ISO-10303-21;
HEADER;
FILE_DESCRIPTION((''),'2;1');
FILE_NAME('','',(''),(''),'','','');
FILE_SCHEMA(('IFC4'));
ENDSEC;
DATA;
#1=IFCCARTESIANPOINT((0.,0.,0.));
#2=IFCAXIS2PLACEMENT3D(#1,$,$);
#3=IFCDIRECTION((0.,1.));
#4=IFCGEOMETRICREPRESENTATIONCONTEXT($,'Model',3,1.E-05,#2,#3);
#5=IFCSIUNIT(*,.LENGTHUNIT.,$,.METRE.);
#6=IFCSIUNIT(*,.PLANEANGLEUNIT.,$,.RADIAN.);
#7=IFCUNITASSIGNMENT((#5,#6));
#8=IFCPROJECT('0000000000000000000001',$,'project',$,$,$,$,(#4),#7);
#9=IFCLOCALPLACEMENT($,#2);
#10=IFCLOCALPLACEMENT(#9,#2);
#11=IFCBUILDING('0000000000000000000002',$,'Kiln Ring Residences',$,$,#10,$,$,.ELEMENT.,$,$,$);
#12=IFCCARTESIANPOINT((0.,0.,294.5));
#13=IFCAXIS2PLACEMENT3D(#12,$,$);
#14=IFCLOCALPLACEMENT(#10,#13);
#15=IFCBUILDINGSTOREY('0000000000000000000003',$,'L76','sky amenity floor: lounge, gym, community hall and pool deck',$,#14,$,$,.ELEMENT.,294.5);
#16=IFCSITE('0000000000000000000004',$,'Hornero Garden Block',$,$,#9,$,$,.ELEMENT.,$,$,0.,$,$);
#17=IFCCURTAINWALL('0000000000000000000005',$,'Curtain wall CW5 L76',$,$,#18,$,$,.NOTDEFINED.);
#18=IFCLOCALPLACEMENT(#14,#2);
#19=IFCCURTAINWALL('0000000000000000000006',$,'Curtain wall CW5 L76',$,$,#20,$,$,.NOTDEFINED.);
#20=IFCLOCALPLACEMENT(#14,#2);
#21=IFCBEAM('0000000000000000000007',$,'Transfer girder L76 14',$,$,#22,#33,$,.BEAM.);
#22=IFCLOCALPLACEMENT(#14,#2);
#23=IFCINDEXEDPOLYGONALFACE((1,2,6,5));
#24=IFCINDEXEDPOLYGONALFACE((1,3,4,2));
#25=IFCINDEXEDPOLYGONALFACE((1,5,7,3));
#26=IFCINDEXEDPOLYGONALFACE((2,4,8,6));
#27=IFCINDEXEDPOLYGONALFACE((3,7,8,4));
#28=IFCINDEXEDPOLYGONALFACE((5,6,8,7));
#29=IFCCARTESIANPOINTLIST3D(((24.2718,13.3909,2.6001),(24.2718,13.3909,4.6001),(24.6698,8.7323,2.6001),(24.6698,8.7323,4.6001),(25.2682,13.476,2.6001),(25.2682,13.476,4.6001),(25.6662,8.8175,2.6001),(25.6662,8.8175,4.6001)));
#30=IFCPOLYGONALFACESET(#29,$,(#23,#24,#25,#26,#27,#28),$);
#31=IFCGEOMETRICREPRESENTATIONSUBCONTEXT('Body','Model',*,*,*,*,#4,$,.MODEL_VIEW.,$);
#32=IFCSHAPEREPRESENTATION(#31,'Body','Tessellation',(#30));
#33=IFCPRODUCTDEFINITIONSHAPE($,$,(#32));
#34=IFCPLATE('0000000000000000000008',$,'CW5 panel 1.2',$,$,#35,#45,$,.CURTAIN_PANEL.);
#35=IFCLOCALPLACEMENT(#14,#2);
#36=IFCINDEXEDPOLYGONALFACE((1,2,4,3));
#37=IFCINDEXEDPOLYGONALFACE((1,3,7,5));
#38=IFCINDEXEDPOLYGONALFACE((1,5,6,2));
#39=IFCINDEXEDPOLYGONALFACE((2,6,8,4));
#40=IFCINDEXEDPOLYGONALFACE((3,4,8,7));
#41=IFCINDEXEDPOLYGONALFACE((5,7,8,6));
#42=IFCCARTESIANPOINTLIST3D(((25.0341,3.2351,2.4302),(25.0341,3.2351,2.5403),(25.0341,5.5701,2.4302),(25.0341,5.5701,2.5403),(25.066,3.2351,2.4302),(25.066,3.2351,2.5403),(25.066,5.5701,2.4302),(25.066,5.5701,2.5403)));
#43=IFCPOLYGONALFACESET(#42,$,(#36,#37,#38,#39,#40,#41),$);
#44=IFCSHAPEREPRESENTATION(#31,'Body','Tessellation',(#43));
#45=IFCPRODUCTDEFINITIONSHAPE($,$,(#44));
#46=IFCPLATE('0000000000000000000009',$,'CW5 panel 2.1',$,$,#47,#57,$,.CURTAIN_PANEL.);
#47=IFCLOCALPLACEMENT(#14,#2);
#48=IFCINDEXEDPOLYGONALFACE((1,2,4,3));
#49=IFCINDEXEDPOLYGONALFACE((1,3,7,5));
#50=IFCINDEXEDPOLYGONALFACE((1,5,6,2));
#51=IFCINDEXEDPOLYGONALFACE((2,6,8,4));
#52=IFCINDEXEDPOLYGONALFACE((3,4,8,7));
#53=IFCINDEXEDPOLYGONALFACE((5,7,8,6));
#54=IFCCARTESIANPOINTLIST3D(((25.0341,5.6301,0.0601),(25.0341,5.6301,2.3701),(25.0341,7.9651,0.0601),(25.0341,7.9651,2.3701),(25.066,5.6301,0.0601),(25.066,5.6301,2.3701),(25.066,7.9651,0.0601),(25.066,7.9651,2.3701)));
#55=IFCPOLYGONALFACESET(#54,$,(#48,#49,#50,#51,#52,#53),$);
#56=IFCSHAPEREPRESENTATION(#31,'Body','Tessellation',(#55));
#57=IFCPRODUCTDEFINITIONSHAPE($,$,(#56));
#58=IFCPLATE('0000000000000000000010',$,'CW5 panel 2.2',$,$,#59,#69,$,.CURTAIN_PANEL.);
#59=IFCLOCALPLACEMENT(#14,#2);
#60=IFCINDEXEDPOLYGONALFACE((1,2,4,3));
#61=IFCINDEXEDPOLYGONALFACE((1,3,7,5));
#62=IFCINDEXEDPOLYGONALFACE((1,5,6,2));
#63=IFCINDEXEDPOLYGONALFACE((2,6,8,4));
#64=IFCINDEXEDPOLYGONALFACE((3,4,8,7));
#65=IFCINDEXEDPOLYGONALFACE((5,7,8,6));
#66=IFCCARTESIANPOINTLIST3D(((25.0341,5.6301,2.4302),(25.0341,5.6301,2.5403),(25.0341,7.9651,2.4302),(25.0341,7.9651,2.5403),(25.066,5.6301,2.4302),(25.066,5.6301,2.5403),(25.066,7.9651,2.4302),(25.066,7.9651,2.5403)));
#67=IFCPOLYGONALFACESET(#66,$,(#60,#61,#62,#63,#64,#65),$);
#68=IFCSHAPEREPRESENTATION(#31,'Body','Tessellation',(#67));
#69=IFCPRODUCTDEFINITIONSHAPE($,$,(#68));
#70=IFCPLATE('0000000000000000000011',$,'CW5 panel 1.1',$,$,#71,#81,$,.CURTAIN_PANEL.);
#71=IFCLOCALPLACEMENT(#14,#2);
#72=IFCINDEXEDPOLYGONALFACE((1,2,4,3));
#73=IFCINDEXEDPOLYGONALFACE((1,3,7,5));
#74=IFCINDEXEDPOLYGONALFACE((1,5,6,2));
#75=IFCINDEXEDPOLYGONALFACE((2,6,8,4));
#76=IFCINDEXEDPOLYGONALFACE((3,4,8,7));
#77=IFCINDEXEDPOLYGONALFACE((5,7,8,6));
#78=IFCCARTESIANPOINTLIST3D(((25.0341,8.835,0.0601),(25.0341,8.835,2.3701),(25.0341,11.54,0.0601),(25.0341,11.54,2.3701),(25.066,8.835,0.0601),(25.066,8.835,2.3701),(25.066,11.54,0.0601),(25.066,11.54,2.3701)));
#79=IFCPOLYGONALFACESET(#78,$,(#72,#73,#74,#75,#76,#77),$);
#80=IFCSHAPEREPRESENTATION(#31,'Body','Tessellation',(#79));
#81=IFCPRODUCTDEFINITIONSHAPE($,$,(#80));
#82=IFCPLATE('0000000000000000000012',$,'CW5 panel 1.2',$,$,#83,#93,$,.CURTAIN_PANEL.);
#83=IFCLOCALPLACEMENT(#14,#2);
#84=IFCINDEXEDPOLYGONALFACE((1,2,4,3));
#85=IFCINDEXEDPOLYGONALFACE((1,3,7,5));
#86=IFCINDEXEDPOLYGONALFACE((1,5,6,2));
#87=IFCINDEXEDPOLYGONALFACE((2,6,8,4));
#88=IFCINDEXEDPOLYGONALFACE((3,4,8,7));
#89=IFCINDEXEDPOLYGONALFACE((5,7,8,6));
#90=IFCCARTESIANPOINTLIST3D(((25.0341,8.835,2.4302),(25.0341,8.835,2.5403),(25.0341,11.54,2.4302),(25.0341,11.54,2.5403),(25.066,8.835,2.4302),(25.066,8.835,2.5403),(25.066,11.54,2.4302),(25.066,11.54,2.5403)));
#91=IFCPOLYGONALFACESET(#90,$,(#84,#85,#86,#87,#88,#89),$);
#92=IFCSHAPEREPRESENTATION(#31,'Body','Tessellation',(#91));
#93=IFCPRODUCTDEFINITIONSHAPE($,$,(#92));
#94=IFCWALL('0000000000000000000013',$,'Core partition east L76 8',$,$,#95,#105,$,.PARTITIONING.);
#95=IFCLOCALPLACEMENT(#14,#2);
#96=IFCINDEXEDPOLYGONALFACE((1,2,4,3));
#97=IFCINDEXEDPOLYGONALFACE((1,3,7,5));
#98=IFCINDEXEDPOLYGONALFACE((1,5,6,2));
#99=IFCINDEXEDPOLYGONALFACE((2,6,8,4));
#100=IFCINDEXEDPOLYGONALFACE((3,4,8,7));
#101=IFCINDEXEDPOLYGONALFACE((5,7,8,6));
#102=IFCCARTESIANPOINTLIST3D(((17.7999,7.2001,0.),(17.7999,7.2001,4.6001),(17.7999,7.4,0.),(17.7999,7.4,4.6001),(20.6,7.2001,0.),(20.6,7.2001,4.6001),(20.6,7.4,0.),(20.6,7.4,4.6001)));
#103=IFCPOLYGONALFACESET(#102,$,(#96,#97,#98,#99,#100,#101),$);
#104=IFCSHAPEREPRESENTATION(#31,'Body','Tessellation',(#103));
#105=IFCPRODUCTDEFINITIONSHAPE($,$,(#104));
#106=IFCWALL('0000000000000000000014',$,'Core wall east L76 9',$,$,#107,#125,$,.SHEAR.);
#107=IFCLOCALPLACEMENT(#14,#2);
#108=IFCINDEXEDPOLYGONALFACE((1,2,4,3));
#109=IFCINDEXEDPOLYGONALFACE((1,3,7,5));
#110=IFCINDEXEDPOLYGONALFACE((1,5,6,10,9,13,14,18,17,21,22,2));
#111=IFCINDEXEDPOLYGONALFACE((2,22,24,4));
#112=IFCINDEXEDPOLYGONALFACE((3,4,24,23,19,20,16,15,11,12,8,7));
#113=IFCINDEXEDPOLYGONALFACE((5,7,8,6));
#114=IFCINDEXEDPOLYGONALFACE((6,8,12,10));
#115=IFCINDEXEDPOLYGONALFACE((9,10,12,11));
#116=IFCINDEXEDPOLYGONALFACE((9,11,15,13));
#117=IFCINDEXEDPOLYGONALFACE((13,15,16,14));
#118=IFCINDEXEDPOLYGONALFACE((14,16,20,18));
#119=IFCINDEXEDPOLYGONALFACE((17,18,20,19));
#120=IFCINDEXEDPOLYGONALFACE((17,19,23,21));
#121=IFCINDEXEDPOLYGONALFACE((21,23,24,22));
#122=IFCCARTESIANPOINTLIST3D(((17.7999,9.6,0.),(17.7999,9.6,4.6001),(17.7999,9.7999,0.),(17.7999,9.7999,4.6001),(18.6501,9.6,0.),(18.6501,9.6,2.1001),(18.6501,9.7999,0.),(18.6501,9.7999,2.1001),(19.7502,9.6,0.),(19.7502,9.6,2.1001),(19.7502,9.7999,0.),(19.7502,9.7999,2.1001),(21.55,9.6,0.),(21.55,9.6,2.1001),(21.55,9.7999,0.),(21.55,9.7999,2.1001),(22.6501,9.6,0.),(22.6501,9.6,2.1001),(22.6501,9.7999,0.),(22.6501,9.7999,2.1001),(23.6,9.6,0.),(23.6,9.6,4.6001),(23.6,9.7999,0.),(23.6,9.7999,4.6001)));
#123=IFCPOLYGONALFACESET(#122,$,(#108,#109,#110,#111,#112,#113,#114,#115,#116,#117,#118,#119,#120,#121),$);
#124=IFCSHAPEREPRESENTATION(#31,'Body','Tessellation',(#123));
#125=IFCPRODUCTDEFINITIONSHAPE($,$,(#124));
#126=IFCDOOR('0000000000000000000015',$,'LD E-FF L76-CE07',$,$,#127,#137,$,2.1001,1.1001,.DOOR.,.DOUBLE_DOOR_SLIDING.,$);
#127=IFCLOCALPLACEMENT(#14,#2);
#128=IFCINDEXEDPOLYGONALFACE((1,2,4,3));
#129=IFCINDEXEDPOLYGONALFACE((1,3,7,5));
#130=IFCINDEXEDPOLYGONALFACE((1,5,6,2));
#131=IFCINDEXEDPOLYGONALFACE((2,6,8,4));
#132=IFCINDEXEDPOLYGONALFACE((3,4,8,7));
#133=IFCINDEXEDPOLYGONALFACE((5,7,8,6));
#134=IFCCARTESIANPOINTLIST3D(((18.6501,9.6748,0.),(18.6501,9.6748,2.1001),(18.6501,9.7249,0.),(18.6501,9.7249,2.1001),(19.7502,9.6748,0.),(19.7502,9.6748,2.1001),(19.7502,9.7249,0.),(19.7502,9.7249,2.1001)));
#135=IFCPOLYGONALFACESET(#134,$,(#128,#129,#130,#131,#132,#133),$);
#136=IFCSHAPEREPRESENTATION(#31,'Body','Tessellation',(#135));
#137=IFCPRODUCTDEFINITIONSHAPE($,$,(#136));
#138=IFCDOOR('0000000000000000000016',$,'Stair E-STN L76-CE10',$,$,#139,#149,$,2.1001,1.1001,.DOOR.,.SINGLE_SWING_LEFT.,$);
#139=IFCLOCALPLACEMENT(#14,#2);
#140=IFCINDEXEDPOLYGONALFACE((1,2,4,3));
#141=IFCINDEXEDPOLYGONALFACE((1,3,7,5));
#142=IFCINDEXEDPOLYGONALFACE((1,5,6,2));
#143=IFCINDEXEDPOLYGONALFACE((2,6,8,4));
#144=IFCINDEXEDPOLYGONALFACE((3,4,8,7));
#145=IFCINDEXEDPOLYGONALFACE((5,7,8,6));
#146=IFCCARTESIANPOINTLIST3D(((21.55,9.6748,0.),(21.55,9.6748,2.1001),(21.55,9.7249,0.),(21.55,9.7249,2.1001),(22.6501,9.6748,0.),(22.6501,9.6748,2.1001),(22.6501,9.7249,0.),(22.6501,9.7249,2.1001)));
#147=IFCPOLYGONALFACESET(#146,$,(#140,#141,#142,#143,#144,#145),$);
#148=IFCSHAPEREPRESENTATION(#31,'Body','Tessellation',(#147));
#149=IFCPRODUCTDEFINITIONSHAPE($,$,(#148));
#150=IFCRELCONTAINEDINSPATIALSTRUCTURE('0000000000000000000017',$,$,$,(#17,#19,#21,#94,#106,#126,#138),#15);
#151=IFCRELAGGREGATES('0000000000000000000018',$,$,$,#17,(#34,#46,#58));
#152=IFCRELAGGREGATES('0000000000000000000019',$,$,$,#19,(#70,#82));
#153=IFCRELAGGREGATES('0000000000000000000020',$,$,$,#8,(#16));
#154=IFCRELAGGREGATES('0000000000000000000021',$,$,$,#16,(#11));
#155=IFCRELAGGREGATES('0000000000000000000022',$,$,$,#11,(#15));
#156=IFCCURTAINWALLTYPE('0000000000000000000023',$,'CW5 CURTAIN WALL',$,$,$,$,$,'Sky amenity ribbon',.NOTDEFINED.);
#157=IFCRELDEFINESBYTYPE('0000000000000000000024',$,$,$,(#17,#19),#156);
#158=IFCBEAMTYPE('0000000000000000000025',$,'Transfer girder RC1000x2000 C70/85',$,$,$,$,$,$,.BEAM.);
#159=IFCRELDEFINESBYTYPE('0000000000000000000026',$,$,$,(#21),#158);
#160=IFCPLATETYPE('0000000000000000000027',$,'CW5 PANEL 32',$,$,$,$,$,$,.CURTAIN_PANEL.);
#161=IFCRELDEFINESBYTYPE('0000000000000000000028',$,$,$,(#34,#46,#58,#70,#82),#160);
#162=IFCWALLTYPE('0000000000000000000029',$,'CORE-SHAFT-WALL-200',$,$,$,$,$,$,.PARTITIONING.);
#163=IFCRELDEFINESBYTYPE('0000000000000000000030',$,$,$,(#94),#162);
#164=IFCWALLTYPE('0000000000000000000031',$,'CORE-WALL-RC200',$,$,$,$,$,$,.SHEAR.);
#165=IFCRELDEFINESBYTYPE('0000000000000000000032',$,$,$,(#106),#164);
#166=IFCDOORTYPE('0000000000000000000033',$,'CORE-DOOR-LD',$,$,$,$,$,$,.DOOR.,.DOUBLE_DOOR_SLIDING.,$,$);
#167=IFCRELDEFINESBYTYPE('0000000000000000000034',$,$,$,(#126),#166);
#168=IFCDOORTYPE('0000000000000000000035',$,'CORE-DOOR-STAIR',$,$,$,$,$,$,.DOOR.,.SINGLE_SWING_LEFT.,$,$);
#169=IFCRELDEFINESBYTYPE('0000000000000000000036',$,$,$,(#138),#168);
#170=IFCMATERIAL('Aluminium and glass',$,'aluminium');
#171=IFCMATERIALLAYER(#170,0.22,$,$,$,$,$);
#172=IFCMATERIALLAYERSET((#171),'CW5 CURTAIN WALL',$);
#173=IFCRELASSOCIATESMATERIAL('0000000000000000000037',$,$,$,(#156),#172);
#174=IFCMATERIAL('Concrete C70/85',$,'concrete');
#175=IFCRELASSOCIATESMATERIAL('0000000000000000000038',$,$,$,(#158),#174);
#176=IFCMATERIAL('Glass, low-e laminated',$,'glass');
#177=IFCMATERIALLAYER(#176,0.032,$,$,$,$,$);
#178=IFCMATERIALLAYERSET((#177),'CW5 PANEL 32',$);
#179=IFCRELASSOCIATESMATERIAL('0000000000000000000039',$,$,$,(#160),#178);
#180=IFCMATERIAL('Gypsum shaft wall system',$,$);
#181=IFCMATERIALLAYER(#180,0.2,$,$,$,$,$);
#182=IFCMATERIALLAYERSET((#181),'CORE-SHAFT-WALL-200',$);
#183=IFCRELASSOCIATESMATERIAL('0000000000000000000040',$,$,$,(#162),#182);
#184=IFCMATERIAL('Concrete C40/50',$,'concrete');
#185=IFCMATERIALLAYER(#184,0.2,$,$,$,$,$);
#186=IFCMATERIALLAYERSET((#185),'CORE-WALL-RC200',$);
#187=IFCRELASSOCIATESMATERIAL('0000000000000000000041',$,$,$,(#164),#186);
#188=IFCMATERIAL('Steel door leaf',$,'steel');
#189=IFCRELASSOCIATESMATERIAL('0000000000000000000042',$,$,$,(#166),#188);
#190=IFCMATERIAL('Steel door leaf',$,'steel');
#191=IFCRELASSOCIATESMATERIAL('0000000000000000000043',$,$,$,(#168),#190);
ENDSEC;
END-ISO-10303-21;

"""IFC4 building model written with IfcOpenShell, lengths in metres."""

from ifc_helpers import new_model, si_unit, direction, frame, frame_2d, origin, origin_2d, place, context, subcontext, project, spatial, rectangle, extrude, material, layer, layer_set, material_profile, profile_set, type_object, element, fill, aggregate, save


model = new_model("IFC4")

# Units and contexts
model_context = context("Model", 3, precision=1e-05, world=origin(), true_north=direction((0.0, 1.0)))
body_context = subcontext(model_context, "Body", "Model", "MODEL_VIEW")
ifc_project = project(units=[si_unit("LENGTHUNIT", "METRE"), si_unit("PLANEANGLEUNIT", "RADIAN")], contexts=[model_context])

# Site, building, storey
site_placement = place(None, origin())
site = spatial("IfcSite", under=ifc_project, at=site_placement, Name="Hornero Garden Block", CompositionType="ELEMENT", RefElevation=0.0)
building_placement = place(site_placement, origin())
building = spatial("IfcBuilding", under=site, at=building_placement, Name="Kiln Ring Residences", CompositionType="ELEMENT")
storey_placement = place(building_placement, frame((0.0, 0.0, 294.5)))
storey = spatial("IfcBuildingStorey", under=building, at=storey_placement, Name="L76", Description="sky amenity floor: lounge, gym, community hall and pool deck", CompositionType="ELEMENT", Elevation=294.5)

# Curtain walls
ifc_material_1 = material(Name="Aluminium and glass", Category="aluminium")
ifc_layer_1 = layer(ifc_material_1, 0.22)
ifc_layer_set_1 = layer_set([ifc_layer_1], Name="CW5 CURTAIN WALL")
curtain_wall_type = type_object("IfcCurtainWallType", Name="CW5 CURTAIN WALL", ElementType="Sky amenity ribbon", PredefinedType="NOTDEFINED", material=ifc_layer_set_1)
placement = place(storey_placement, origin())
curtain_wall_1 = element("IfcCurtainWall", 1, at=placement, inside=storey, type_object=curtain_wall_type, Name="Curtain wall CW5 L76", PredefinedType="NOTDEFINED")
curtain_wall_2 = element("IfcCurtainWall", 2, at=placement, inside=storey, type_object=curtain_wall_type, Name="Curtain wall CW5 L76", PredefinedType="NOTDEFINED")

# Beam
ifc_material_2 = material(Name="Concrete C70/85", Category="concrete")
ifc_material_profile_1 = material_profile(ifc_material_2, rectangle(XDim=1.0, YDim=2.0, at=origin_2d()), Name="RC1000x2000")
ifc_profile_set_1 = profile_set([ifc_material_profile_1], Name="Concrete C70/85")
beam_type = type_object("IfcBeamType", Name="Transfer girder RC1000x2000 C70/85", PredefinedType="BEAM", material=ifc_profile_set_1)
beam_placement = place(storey_placement, frame((25.168, 8.7749, 3.6001), z_axis=(-0.085111, 0.996371, 0.0), x_axis=(-0.996371, -0.085111, 0.0)))
element("IfcBeam", 3, at=beam_placement, inside=storey, type_object=beam_type, Name="Transfer girder L76 14", PredefinedType="BEAM", context=body_context, shape_type="SweptSolid", body=[
    extrude(rectangle(XDim=1.0, YDim=2.0, at=origin_2d()), origin(), (0.0, 0.0, 1.0), 4.6755),
])

# Plates
ifc_material_3 = material(Name="Glass, low-e laminated", Category="glass")
ifc_layer_2 = layer(ifc_material_3, 0.032)
ifc_layer_set_2 = layer_set([ifc_layer_2], Name="CW5 PANEL 32")
plate_type = type_object("IfcPlateType", Name="CW5 PANEL 32", PredefinedType="CURTAIN_PANEL", material=ifc_layer_set_2)
plate_1_placement = place(storey_placement, frame((25.05, 4.4026, 2.4302), z_axis=(0.0, 0.0, 1.0), x_axis=(0.0, 1.0, 0.0)))
plate_1 = element("IfcPlate", 4, at=plate_1_placement, type_object=plate_type, Name="CW5 panel 1.2", PredefinedType="CURTAIN_PANEL", context=body_context, shape_type="SweptSolid", body=[
    extrude(rectangle(XDim=2.335, YDim=0.032, at=origin_2d()), origin(), (0.0, 0.0, 1.0), 0.1101),
])
plate_2_placement = place(storey_placement, frame((25.05, 6.7976, 0.0601), z_axis=(0.0, 0.0, 1.0), x_axis=(0.0, 1.0, 0.0)))
plate_2 = element("IfcPlate", 5, at=plate_2_placement, type_object=plate_type, Name="CW5 panel 2.1", PredefinedType="CURTAIN_PANEL", context=body_context, shape_type="SweptSolid", body=[
    extrude(rectangle(XDim=2.335, YDim=0.032, at=origin_2d()), origin(), (0.0, 0.0, 1.0), 2.3101),
])
plate_3_placement = place(storey_placement, frame((25.05, 6.7976, 2.4302), z_axis=(0.0, 0.0, 1.0), x_axis=(0.0, 1.0, 0.0)))
plate_3 = element("IfcPlate", 6, at=plate_3_placement, type_object=plate_type, Name="CW5 panel 2.2", PredefinedType="CURTAIN_PANEL", context=body_context, shape_type="SweptSolid", body=[
    extrude(rectangle(XDim=2.335, YDim=0.032, at=origin_2d()), origin(), (0.0, 0.0, 1.0), 0.1101),
])
aggregate(curtain_wall_1, [plate_1, plate_2, plate_3])
plate_4_placement = place(storey_placement, frame((25.05, 10.1875, 0.0601), z_axis=(0.0, 0.0, 1.0), x_axis=(0.0, 1.0, 0.0)))
plate_4 = element("IfcPlate", 7, at=plate_4_placement, type_object=plate_type, Name="CW5 panel 1.1", PredefinedType="CURTAIN_PANEL", context=body_context, shape_type="SweptSolid", body=[
    extrude(rectangle(XDim=2.7051, YDim=0.032, at=origin_2d()), origin(), (0.0, 0.0, 1.0), 2.3101),
])
plate_5_placement = place(storey_placement, frame((25.05, 10.1875, 2.4302), z_axis=(0.0, 0.0, 1.0), x_axis=(0.0, 1.0, 0.0)))
plate_5 = element("IfcPlate", 8, at=plate_5_placement, type_object=plate_type, Name="CW5 panel 1.2", PredefinedType="CURTAIN_PANEL", context=body_context, shape_type="SweptSolid", body=[
    extrude(rectangle(XDim=2.7051, YDim=0.032, at=origin_2d()), origin(), (0.0, 0.0, 1.0), 0.1101),
])
aggregate(curtain_wall_2, [plate_4, plate_5])

# Wall
ifc_material_4 = material(Name="Gypsum shaft wall system")
ifc_layer_3 = layer(ifc_material_4, 0.2)
ifc_layer_set_3 = layer_set([ifc_layer_3], Name="CORE-SHAFT-WALL-200")
wall_type_1 = type_object("IfcWallType", Name="CORE-SHAFT-WALL-200", PredefinedType="PARTITIONING", material=ifc_layer_set_3)
wall_1_placement = place(storey_placement, frame((17.8, 7.3, 0.0), z_axis=(0.0, 0.0, 1.0), x_axis=(1.0, 0.0, 0.0)))
element("IfcWall", 9, at=wall_1_placement, inside=storey, type_object=wall_type_1, Name="Core partition east L76 8", PredefinedType="PARTITIONING", context=body_context, shape_type="SweptSolid", body=[
    extrude(rectangle(XDim=2.8, YDim=0.2, at=frame_2d((1.3999, 0.0))), origin(), (0.0, 0.0, 1.0), 4.6001),
])

# Wall, openings, doors
ifc_material_5 = material(Name="Concrete C40/50", Category="concrete")
ifc_layer_4 = layer(ifc_material_5, 0.2)
ifc_layer_set_4 = layer_set([ifc_layer_4], Name="CORE-WALL-RC200")
wall_type_2 = type_object("IfcWallType", Name="CORE-WALL-RC200", PredefinedType="SHEAR", material=ifc_layer_set_4)
wall_2_placement = place(storey_placement, frame((17.8, 9.7, 0.0), z_axis=(0.0, 0.0, 1.0), x_axis=(1.0, 0.0, 0.0)))
wall_2 = element("IfcWall", 10, at=wall_2_placement, inside=storey, type_object=wall_type_2, Name="Core wall east L76 9", PredefinedType="SHEAR", context=body_context, shape_type="SweptSolid", body=[
    extrude(rectangle(XDim=5.8, YDim=0.2, at=frame_2d((2.8999, 0.0))), origin(), (0.0, 0.0, 1.0), 4.6001),
])
opening_1_placement = place(wall_2_placement, frame((0.8501, 0.0, 0.0)))
opening_1 = element("IfcOpeningElement", 11, at=opening_1_placement, cuts=wall_2, PredefinedType="OPENING", context=body_context, shape_type="SweptSolid", body=[
    extrude(rectangle(XDim=1.1001, YDim=2.1001, at=frame_2d((0.55, 1.05))), frame((0.0, 0.1099, 0.0), z_axis=(0.0, -1.0, 0.0), x_axis=(1.0, 0.0, 0.0)), (0.0, 0.0, 1.0), 0.22),
])
opening_2_placement = place(wall_2_placement, frame((3.75, 0.0, 0.0)))
opening_2 = element("IfcOpeningElement", 12, at=opening_2_placement, cuts=wall_2, PredefinedType="OPENING", context=body_context, shape_type="SweptSolid", body=[
    extrude(rectangle(XDim=1.1001, YDim=2.1001, at=frame_2d((0.55, 1.05))), frame((0.0, 0.1099, 0.0), z_axis=(0.0, -1.0, 0.0), x_axis=(1.0, 0.0, 0.0)), (0.0, 0.0, 1.0), 0.22),
])
ifc_material_6 = material(Name="Steel door leaf", Category="steel")
door_type_1 = type_object("IfcDoorType", Name="CORE-DOOR-LD", OperationType="DOUBLE_DOOR_SLIDING", PredefinedType="DOOR", material=ifc_material_6)
door_1_placement = place(opening_1_placement, origin())
door_1 = element("IfcDoor", 13, at=door_1_placement, inside=storey, type_object=door_type_1, Name="LD E-FF L76-CE07", OperationType="DOUBLE_DOOR_SLIDING", OverallHeight=2.1001, OverallWidth=1.1001, PredefinedType="DOOR", context=body_context, shape_type="SweptSolid", body=[
    extrude(rectangle(XDim=1.1001, YDim=2.1001, at=frame_2d((0.55, 1.05))), frame((0.0, 0.0249, 0.0), z_axis=(0.0, -1.0, 0.0), x_axis=(1.0, 0.0, 0.0)), (0.0, 0.0, 1.0), 0.05),
])
fill(opening_1, door_1)
ifc_material_7 = material(Name="Steel door leaf", Category="steel")
door_type_2 = type_object("IfcDoorType", Name="CORE-DOOR-STAIR", OperationType="SINGLE_SWING_LEFT", PredefinedType="DOOR", material=ifc_material_7)
door_2_placement = place(opening_2_placement, origin())
door_2 = element("IfcDoor", 14, at=door_2_placement, inside=storey, type_object=door_type_2, Name="Stair E-STN L76-CE10", OperationType="SINGLE_SWING_LEFT", OverallHeight=2.1001, OverallWidth=1.1001, PredefinedType="DOOR", context=body_context, shape_type="SweptSolid", body=[
    extrude(rectangle(XDim=1.1001, YDim=2.1001, at=frame_2d((0.55, 1.05))), frame((0.0, 0.0249, 0.0), z_axis=(0.0, -1.0, 0.0), x_axis=(1.0, 0.0, 0.0)), (0.0, 0.0, 1.0), 0.05),
])
fill(opening_2, door_2)

save(model, "model.ifc")
